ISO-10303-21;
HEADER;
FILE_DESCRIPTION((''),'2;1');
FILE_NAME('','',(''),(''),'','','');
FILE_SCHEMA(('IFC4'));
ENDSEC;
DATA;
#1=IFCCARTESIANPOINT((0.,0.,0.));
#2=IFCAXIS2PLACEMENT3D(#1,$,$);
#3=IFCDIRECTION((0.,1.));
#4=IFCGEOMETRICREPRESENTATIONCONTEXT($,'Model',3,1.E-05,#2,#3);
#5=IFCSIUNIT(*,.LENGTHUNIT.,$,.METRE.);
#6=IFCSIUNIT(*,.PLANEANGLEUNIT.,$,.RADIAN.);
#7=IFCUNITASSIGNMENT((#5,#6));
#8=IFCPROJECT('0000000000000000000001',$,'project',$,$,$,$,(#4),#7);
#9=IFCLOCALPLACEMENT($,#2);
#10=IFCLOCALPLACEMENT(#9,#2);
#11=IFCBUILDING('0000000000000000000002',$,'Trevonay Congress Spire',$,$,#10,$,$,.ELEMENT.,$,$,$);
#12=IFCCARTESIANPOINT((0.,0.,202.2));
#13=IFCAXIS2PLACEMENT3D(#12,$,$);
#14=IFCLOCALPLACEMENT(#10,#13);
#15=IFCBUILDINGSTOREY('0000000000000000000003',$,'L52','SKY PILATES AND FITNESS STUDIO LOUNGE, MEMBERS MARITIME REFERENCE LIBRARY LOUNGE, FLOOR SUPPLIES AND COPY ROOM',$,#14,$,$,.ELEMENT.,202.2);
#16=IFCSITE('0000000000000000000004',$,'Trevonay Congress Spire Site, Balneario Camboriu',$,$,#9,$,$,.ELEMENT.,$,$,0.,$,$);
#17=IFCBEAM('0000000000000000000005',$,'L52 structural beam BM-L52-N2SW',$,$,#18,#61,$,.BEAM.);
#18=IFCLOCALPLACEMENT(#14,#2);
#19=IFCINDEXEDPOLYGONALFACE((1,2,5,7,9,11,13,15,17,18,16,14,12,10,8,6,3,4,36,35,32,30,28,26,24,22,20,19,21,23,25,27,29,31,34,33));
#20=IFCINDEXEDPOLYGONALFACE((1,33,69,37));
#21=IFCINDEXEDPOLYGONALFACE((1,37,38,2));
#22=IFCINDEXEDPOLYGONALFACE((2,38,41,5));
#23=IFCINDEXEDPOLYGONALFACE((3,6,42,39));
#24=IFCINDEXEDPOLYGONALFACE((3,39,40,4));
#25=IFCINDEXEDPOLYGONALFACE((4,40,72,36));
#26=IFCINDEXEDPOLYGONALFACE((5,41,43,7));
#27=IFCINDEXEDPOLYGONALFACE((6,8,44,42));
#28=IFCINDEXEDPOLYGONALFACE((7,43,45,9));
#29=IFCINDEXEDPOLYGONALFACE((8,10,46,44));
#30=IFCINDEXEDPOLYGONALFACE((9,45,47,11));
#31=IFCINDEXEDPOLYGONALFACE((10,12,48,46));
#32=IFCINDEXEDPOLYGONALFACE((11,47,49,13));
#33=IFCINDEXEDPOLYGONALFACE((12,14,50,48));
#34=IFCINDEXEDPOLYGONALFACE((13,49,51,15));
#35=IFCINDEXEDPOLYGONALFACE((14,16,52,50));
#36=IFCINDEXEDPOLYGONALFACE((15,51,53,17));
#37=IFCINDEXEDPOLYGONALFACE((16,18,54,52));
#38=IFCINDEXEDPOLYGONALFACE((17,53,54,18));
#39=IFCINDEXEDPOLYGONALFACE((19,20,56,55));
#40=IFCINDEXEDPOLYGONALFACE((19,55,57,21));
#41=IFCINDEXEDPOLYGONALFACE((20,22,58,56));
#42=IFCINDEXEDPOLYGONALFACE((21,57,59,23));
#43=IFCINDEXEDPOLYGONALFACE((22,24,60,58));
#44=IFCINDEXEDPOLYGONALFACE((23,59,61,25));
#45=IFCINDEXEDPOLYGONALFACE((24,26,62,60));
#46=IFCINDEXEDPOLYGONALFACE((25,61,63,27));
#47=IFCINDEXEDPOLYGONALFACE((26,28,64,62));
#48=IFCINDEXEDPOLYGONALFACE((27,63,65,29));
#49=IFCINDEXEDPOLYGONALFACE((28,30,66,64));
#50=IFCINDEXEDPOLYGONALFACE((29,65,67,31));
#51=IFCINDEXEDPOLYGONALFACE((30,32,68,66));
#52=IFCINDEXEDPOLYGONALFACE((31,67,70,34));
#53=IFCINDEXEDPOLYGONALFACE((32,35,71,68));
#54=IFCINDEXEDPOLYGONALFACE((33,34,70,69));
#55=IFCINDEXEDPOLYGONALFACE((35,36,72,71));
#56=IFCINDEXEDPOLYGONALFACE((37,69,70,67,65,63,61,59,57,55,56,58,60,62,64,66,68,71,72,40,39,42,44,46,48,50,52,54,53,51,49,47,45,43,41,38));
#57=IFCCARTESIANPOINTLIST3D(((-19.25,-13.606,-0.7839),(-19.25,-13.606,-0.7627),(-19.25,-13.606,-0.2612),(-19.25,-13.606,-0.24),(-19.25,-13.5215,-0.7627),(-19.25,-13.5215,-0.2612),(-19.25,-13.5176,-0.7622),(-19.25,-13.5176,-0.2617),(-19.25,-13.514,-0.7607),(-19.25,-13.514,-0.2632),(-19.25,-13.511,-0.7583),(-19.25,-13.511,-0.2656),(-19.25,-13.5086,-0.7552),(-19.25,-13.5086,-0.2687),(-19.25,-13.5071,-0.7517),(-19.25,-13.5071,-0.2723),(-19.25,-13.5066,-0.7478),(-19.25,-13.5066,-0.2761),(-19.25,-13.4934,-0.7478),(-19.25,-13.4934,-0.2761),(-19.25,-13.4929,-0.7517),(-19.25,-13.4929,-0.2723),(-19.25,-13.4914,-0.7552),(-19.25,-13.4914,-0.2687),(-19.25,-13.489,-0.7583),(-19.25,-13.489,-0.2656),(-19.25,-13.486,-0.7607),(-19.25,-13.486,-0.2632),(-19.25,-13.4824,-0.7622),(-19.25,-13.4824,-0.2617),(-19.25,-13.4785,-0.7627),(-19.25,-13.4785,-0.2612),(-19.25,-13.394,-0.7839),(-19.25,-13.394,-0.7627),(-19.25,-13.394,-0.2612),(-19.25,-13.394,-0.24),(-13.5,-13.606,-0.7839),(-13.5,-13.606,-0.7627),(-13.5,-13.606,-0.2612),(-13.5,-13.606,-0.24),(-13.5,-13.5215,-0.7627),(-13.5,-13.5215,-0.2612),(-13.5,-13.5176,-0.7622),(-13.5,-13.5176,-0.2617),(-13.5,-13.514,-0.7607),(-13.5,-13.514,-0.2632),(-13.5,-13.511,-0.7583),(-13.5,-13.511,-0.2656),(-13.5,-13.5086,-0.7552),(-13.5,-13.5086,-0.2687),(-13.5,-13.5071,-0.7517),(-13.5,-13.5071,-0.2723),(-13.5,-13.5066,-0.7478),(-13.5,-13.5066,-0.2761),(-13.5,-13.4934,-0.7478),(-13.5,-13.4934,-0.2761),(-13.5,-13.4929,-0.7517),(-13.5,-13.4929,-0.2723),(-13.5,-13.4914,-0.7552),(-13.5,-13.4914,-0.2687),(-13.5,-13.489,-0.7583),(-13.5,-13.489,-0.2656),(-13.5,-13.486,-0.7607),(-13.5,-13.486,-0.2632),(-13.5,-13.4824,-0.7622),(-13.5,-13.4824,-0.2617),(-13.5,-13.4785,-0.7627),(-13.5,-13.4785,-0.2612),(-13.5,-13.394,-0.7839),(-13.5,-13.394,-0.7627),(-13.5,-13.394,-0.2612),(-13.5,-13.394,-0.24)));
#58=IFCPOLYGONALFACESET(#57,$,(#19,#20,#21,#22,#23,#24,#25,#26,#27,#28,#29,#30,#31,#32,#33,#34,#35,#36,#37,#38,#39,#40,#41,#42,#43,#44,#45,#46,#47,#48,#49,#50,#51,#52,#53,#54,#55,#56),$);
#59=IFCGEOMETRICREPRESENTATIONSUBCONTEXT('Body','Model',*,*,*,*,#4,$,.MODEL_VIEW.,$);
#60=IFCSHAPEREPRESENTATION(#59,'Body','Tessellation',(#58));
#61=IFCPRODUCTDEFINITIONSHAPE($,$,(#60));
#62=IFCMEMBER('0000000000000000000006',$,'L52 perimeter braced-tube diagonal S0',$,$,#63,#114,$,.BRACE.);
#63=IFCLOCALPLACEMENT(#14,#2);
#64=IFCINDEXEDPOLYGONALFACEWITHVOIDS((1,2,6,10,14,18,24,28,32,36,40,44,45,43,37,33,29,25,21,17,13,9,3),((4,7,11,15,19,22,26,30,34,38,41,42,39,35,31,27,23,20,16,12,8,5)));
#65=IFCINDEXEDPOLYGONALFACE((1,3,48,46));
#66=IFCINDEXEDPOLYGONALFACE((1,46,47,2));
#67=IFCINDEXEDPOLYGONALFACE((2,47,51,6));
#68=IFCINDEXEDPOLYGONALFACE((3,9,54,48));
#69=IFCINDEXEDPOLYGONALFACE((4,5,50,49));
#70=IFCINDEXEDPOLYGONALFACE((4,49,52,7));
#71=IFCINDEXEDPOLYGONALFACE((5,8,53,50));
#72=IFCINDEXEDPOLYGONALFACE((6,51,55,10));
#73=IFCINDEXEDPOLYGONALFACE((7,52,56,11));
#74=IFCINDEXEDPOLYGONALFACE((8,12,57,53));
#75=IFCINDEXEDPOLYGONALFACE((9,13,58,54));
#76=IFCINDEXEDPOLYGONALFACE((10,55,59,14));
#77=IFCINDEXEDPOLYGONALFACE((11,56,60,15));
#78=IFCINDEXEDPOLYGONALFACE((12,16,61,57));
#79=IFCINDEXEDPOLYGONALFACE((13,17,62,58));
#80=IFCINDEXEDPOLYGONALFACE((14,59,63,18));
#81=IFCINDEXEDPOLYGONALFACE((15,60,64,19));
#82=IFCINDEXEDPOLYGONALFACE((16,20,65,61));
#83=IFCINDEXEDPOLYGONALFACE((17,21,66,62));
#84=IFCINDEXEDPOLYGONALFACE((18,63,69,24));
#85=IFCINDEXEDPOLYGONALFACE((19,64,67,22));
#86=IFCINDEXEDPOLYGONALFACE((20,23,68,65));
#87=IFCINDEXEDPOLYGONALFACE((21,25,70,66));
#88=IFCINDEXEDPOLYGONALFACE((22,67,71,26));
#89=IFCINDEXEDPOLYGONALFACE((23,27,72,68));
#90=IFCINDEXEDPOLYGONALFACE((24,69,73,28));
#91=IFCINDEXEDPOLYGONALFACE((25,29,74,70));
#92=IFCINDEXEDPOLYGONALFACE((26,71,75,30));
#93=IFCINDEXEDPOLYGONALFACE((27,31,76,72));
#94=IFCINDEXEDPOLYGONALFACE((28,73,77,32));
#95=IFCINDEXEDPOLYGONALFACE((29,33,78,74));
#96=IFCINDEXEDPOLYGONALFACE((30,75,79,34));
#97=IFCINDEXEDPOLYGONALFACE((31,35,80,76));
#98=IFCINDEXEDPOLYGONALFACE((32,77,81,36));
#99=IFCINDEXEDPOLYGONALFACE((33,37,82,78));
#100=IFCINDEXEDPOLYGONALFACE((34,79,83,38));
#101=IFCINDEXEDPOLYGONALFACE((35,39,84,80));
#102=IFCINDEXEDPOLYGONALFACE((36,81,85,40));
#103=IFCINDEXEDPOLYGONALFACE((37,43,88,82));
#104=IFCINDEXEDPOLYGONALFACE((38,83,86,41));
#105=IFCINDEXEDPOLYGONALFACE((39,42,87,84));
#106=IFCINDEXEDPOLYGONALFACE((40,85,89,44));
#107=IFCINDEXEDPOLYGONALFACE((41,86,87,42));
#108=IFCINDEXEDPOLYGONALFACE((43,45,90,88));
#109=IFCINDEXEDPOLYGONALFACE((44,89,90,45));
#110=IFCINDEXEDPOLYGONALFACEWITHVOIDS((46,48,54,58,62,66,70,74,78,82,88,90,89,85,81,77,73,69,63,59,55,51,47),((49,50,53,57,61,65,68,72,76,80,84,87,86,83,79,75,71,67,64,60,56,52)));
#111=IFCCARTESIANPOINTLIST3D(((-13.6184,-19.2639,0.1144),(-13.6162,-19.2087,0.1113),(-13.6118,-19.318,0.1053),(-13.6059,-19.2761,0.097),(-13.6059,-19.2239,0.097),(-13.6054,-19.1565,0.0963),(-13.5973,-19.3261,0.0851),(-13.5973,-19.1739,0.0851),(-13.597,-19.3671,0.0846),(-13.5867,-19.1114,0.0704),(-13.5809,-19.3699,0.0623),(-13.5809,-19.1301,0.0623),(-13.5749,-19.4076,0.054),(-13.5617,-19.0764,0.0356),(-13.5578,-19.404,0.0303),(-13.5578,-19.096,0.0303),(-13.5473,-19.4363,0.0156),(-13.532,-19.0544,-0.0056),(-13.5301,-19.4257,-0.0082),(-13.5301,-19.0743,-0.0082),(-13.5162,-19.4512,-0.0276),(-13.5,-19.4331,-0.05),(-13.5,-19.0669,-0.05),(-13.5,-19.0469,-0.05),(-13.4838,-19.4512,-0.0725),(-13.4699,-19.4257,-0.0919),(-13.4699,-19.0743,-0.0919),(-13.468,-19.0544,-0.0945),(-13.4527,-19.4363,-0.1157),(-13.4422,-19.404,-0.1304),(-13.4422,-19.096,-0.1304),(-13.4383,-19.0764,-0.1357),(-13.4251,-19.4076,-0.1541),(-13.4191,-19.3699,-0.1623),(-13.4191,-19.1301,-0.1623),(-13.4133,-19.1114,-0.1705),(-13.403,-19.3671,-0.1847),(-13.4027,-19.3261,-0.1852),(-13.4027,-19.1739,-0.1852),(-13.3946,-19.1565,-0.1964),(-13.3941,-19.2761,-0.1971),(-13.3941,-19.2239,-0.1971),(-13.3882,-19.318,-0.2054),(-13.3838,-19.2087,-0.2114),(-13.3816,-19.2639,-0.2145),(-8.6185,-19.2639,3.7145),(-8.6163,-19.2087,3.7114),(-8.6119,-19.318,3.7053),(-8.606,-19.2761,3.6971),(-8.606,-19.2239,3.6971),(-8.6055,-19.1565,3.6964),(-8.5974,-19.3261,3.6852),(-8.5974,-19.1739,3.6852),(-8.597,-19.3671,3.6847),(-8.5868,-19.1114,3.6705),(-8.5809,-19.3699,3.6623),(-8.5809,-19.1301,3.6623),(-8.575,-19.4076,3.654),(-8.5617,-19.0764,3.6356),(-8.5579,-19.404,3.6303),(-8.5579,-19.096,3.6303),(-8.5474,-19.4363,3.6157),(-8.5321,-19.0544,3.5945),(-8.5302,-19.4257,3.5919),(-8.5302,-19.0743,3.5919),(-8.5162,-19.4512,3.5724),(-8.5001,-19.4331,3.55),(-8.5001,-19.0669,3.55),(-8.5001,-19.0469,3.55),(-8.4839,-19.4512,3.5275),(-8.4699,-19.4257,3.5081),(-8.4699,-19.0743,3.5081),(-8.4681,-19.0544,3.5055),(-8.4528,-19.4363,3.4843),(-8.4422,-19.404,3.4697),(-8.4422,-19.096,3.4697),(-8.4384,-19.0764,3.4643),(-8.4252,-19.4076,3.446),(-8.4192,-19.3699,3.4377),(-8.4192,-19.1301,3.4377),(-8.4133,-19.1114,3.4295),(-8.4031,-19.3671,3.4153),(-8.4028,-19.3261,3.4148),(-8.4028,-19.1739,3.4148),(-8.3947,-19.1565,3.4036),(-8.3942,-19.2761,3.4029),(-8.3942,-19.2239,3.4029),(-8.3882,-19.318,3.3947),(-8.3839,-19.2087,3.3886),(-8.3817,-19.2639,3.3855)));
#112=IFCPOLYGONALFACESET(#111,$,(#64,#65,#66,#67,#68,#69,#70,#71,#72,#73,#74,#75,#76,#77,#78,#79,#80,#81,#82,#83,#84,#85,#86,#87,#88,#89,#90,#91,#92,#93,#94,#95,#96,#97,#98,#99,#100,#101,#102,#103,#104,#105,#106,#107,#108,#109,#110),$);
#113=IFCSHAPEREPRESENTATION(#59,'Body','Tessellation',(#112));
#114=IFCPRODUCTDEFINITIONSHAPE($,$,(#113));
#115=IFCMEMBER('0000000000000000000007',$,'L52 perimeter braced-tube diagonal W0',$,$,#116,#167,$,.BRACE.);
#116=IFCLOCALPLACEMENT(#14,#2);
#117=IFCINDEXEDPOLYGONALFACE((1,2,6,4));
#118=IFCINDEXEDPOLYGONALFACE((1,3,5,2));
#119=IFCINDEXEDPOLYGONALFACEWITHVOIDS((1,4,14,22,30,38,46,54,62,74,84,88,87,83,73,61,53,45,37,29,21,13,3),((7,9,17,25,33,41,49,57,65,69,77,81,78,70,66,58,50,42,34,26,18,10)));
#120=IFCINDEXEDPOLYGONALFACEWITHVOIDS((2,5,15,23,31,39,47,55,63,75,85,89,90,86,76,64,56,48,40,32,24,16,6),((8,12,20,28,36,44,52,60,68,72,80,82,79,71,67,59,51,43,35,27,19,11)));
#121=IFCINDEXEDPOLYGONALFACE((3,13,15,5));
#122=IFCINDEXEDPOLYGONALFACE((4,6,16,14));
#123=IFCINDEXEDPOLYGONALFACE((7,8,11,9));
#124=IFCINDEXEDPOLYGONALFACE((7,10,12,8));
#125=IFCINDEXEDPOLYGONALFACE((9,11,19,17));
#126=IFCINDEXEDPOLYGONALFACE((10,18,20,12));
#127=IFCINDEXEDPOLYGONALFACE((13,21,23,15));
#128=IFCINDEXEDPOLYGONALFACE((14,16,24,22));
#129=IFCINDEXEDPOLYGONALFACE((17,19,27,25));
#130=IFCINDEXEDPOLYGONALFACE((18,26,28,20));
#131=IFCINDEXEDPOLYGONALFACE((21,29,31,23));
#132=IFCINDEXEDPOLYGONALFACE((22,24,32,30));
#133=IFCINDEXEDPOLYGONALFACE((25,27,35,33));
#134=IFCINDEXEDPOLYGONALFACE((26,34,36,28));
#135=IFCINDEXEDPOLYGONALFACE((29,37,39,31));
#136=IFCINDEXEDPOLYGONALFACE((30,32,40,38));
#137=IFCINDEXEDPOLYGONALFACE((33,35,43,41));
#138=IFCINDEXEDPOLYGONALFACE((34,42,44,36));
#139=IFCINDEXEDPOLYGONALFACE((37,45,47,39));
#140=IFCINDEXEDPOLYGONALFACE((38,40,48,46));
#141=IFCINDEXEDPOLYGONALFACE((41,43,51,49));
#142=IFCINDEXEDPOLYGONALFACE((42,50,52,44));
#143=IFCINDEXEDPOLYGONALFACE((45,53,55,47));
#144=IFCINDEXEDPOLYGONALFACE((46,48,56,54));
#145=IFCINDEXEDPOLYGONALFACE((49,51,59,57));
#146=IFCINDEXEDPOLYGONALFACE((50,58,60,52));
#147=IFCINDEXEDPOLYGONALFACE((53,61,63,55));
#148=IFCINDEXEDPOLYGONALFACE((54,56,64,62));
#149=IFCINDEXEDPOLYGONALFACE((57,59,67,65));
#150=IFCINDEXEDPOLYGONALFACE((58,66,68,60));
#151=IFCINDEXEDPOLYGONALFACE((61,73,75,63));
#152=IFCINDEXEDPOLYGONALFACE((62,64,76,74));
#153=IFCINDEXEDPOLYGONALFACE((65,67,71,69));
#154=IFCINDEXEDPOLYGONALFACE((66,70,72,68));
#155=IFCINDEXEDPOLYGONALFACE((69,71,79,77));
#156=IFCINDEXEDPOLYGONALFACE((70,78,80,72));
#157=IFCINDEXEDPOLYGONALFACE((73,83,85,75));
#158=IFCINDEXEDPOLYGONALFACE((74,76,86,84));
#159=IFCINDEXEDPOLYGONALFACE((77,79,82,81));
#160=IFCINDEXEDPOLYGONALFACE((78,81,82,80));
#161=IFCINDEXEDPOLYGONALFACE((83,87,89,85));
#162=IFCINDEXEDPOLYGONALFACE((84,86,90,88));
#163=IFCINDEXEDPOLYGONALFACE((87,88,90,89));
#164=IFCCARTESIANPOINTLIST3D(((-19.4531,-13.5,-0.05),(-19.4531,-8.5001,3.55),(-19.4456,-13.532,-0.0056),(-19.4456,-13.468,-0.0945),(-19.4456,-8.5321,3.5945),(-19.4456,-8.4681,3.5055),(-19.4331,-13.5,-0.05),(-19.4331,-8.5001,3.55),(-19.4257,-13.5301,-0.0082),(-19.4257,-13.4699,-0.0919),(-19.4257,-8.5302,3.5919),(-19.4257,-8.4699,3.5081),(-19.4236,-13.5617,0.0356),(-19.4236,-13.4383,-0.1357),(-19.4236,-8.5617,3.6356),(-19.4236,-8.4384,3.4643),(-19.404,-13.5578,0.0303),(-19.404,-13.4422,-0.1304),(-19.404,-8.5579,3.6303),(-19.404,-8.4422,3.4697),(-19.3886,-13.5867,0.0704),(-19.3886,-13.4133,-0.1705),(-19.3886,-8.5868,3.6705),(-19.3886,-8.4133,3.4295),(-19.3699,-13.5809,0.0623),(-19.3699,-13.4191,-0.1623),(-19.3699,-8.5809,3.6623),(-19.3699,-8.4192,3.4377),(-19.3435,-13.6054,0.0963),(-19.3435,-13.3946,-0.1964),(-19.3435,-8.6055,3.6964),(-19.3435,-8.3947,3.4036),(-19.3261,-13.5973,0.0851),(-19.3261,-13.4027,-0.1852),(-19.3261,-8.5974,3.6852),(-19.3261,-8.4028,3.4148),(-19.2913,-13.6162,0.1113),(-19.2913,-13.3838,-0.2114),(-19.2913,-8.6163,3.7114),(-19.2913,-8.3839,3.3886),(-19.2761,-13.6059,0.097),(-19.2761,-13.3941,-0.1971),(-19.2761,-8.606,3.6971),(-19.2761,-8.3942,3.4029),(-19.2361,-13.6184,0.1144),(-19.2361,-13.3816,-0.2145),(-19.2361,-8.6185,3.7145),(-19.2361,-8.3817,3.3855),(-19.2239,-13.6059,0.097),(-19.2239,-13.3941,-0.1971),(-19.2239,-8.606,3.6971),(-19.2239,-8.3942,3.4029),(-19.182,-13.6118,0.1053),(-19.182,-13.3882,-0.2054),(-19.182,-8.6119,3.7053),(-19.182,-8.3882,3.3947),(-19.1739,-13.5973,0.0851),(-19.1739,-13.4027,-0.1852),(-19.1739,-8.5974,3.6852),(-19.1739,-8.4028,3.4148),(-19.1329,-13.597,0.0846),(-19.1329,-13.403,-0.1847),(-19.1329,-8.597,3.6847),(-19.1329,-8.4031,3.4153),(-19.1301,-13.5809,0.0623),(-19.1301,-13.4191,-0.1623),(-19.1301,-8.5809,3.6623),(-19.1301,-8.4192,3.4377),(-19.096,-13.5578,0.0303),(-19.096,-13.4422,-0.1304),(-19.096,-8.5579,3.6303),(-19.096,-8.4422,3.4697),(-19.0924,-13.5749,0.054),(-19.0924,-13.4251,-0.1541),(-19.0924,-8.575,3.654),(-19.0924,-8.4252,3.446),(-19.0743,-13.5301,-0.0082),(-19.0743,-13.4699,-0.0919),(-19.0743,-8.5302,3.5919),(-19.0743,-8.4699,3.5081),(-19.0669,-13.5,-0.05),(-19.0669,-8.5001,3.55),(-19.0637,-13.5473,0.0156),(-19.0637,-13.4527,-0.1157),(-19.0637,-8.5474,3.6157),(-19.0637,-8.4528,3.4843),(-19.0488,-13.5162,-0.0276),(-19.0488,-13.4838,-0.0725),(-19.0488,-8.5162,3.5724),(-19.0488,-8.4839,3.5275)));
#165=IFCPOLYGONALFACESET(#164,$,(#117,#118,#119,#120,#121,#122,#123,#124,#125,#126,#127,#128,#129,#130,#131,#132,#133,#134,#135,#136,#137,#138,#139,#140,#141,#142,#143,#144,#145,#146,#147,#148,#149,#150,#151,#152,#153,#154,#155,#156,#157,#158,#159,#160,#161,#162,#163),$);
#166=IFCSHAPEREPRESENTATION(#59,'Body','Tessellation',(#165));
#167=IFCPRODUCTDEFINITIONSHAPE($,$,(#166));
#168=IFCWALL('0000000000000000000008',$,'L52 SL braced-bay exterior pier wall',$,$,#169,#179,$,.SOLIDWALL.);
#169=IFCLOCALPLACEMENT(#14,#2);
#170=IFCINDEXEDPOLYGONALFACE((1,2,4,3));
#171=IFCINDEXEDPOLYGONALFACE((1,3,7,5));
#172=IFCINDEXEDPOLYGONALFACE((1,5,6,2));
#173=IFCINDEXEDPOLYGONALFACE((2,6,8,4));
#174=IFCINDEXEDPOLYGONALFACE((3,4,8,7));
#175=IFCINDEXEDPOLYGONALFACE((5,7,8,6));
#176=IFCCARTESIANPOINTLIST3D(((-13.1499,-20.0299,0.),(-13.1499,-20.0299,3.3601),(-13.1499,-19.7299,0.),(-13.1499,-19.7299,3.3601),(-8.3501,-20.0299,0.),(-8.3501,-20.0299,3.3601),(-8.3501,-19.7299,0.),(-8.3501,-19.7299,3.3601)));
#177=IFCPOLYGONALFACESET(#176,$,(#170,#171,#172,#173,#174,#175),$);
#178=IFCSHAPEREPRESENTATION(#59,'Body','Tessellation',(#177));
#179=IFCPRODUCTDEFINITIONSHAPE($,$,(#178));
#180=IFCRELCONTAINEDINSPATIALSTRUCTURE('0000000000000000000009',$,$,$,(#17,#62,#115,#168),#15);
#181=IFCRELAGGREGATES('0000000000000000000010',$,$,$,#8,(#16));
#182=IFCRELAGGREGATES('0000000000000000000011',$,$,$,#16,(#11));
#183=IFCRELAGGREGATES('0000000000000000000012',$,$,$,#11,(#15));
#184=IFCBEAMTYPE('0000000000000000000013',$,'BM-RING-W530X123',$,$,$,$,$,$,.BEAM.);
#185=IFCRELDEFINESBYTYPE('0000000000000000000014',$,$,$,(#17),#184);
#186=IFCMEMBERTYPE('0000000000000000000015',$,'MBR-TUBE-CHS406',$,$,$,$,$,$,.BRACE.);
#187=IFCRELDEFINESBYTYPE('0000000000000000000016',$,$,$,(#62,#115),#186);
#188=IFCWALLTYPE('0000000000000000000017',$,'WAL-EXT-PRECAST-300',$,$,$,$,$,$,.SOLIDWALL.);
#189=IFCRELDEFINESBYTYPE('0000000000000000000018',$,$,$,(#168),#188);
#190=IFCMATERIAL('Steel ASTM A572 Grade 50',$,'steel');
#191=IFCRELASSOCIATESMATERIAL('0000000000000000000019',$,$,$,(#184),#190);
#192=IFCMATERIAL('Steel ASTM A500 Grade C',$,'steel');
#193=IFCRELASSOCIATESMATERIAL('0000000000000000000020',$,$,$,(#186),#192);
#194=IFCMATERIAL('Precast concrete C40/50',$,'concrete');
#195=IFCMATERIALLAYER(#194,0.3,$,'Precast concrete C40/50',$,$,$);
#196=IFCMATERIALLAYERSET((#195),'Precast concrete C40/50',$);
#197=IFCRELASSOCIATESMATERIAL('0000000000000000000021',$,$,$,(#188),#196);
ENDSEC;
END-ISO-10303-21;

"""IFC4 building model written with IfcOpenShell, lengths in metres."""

from ifc_helpers import new_model, si_unit, direction, frame, frame_2d, origin, origin_2d, place, context, subcontext, project, spatial, rectangle, hollow_circle, i_section, extrude, material, layer, layer_set, material_profile, profile_set, type_object, element, save


model = new_model("IFC4")

# Units and contexts
model_context = context("Model", 3, precision=1e-05, world=origin(), true_north=direction((0.0, 1.0)))
body_context = subcontext(model_context, "Body", "Model", "MODEL_VIEW")
ifc_project = project(units=[si_unit("LENGTHUNIT", "METRE"), si_unit("PLANEANGLEUNIT", "RADIAN")], contexts=[model_context])

# Site, building, storey
site_placement = place(None, origin())
site = spatial("IfcSite", under=ifc_project, at=site_placement, Name="Trevonay Congress Spire Site, Balneario Camboriu", CompositionType="ELEMENT", RefElevation=0.0)
building_placement = place(site_placement, origin())
building = spatial("IfcBuilding", under=site, at=building_placement, Name="Trevonay Congress Spire", CompositionType="ELEMENT")
storey_placement = place(building_placement, frame((0.0, 0.0, 202.2)))
storey = spatial("IfcBuildingStorey", under=building, at=storey_placement, Name="L52", Description="SKY PILATES AND FITNESS STUDIO LOUNGE, MEMBERS MARITIME REFERENCE LIBRARY LOUNGE, FLOOR SUPPLIES AND COPY ROOM", CompositionType="ELEMENT", Elevation=202.2)

# Shared definitions
ifc_material_1 = material(Name="Steel ASTM A572 Grade 50", Category="steel")

# Beam
ifc_material_profile_1 = material_profile(ifc_material_1, i_section(OverallWidth=0.2119, OverallDepth=0.5439, WebThickness=0.0132, FlangeThickness=0.0212, FilletRadius=0.0149, at=origin_2d()), Name="W530x123")
ifc_profile_set_1 = profile_set([ifc_material_profile_1], Name="Steel ASTM A572 Grade 50")
beam_type = type_object("IfcBeamType", Name="BM-RING-W530X123", PredefinedType="BEAM", material=ifc_profile_set_1)
for number, where, z_axis, x_axis, name in (
    (1, (-19.25, -13.5, -0.512), (1.0, 0.0, 0.0), (0.0, 1.0, 0.0), "L52 structural beam BM-L52-N2SW"),
):
    element("IfcBeam", number, at=place(storey_placement, frame(where, z_axis=z_axis, x_axis=x_axis)), inside=storey, type_object=beam_type, Name=name, PredefinedType="BEAM", context=body_context, shape_type="SweptSolid", body=[
        extrude(i_section(OverallWidth=0.2119, OverallDepth=0.5439, WebThickness=0.0132, FlangeThickness=0.0212, FilletRadius=0.0149, at=origin_2d()), origin(), (0.0, 0.0, 1.0), 5.75),
    ])

# Members
ifc_material_2 = material(Name="Steel ASTM A500 Grade C", Category="steel")
ifc_material_profile_2 = material_profile(ifc_material_2, hollow_circle(Radius=0.2031, WallThickness=0.02, at=origin_2d()), Name="CHS 406.4x20")
ifc_profile_set_2 = profile_set([ifc_material_profile_2], Name="Steel ASTM A500 Grade C")
member_type = type_object("IfcMemberType", Name="MBR-TUBE-CHS406", PredefinedType="BRACE", material=ifc_profile_set_2)
for number, where, z_axis, x_axis, name in (
    (2, (-13.5, -19.25, -0.05), (0.811527, 0.0, 0.584315), (0.0, 1.0, 0.0), "L52 perimeter braced-tube diagonal S0"),
    (3, (-19.25, -13.5, -0.05), (0.0, 0.811527, 0.584315), (-1.0, 0.0, 0.0), "L52 perimeter braced-tube diagonal W0"),
):
    element("IfcMember", number, at=place(storey_placement, frame(where, z_axis=z_axis, x_axis=x_axis)), inside=storey, type_object=member_type, Name=name, PredefinedType="BRACE", context=body_context, shape_type="SweptSolid", body=[
        extrude(hollow_circle(Radius=0.2031, WallThickness=0.02, at=origin_2d()), origin(), (0.0, 0.0, 1.0), 6.1611),
    ])

# Wall
ifc_material_3 = material(Name="Precast concrete C40/50", Category="concrete")
ifc_layer_1 = layer(ifc_material_3, 0.3, Name="Precast concrete C40/50")
ifc_layer_set_1 = layer_set([ifc_layer_1], Name="Precast concrete C40/50")
wall_type_1 = type_object("IfcWallType", Name="WAL-EXT-PRECAST-300", PredefinedType="SOLIDWALL", material=ifc_layer_set_1)
wall_1_placement = place(storey_placement, frame((-13.1499, -19.8799, 0.0), z_axis=(0.0, 0.0, 1.0), x_axis=(1.0, 0.0, 0.0)))
element("IfcWall", 4, at=wall_1_placement, inside=storey, type_object=wall_type_1, Name="L52 SL braced-bay exterior pier wall", PredefinedType="SOLIDWALL", context=body_context, shape_type="SweptSolid", body=[
    extrude(rectangle(XDim=4.7998, YDim=0.3, at=frame_2d((2.3999, 0.0))), origin(), (0.0, 0.0, 1.0), 3.3601),
])

save(model, "model.ifc")
